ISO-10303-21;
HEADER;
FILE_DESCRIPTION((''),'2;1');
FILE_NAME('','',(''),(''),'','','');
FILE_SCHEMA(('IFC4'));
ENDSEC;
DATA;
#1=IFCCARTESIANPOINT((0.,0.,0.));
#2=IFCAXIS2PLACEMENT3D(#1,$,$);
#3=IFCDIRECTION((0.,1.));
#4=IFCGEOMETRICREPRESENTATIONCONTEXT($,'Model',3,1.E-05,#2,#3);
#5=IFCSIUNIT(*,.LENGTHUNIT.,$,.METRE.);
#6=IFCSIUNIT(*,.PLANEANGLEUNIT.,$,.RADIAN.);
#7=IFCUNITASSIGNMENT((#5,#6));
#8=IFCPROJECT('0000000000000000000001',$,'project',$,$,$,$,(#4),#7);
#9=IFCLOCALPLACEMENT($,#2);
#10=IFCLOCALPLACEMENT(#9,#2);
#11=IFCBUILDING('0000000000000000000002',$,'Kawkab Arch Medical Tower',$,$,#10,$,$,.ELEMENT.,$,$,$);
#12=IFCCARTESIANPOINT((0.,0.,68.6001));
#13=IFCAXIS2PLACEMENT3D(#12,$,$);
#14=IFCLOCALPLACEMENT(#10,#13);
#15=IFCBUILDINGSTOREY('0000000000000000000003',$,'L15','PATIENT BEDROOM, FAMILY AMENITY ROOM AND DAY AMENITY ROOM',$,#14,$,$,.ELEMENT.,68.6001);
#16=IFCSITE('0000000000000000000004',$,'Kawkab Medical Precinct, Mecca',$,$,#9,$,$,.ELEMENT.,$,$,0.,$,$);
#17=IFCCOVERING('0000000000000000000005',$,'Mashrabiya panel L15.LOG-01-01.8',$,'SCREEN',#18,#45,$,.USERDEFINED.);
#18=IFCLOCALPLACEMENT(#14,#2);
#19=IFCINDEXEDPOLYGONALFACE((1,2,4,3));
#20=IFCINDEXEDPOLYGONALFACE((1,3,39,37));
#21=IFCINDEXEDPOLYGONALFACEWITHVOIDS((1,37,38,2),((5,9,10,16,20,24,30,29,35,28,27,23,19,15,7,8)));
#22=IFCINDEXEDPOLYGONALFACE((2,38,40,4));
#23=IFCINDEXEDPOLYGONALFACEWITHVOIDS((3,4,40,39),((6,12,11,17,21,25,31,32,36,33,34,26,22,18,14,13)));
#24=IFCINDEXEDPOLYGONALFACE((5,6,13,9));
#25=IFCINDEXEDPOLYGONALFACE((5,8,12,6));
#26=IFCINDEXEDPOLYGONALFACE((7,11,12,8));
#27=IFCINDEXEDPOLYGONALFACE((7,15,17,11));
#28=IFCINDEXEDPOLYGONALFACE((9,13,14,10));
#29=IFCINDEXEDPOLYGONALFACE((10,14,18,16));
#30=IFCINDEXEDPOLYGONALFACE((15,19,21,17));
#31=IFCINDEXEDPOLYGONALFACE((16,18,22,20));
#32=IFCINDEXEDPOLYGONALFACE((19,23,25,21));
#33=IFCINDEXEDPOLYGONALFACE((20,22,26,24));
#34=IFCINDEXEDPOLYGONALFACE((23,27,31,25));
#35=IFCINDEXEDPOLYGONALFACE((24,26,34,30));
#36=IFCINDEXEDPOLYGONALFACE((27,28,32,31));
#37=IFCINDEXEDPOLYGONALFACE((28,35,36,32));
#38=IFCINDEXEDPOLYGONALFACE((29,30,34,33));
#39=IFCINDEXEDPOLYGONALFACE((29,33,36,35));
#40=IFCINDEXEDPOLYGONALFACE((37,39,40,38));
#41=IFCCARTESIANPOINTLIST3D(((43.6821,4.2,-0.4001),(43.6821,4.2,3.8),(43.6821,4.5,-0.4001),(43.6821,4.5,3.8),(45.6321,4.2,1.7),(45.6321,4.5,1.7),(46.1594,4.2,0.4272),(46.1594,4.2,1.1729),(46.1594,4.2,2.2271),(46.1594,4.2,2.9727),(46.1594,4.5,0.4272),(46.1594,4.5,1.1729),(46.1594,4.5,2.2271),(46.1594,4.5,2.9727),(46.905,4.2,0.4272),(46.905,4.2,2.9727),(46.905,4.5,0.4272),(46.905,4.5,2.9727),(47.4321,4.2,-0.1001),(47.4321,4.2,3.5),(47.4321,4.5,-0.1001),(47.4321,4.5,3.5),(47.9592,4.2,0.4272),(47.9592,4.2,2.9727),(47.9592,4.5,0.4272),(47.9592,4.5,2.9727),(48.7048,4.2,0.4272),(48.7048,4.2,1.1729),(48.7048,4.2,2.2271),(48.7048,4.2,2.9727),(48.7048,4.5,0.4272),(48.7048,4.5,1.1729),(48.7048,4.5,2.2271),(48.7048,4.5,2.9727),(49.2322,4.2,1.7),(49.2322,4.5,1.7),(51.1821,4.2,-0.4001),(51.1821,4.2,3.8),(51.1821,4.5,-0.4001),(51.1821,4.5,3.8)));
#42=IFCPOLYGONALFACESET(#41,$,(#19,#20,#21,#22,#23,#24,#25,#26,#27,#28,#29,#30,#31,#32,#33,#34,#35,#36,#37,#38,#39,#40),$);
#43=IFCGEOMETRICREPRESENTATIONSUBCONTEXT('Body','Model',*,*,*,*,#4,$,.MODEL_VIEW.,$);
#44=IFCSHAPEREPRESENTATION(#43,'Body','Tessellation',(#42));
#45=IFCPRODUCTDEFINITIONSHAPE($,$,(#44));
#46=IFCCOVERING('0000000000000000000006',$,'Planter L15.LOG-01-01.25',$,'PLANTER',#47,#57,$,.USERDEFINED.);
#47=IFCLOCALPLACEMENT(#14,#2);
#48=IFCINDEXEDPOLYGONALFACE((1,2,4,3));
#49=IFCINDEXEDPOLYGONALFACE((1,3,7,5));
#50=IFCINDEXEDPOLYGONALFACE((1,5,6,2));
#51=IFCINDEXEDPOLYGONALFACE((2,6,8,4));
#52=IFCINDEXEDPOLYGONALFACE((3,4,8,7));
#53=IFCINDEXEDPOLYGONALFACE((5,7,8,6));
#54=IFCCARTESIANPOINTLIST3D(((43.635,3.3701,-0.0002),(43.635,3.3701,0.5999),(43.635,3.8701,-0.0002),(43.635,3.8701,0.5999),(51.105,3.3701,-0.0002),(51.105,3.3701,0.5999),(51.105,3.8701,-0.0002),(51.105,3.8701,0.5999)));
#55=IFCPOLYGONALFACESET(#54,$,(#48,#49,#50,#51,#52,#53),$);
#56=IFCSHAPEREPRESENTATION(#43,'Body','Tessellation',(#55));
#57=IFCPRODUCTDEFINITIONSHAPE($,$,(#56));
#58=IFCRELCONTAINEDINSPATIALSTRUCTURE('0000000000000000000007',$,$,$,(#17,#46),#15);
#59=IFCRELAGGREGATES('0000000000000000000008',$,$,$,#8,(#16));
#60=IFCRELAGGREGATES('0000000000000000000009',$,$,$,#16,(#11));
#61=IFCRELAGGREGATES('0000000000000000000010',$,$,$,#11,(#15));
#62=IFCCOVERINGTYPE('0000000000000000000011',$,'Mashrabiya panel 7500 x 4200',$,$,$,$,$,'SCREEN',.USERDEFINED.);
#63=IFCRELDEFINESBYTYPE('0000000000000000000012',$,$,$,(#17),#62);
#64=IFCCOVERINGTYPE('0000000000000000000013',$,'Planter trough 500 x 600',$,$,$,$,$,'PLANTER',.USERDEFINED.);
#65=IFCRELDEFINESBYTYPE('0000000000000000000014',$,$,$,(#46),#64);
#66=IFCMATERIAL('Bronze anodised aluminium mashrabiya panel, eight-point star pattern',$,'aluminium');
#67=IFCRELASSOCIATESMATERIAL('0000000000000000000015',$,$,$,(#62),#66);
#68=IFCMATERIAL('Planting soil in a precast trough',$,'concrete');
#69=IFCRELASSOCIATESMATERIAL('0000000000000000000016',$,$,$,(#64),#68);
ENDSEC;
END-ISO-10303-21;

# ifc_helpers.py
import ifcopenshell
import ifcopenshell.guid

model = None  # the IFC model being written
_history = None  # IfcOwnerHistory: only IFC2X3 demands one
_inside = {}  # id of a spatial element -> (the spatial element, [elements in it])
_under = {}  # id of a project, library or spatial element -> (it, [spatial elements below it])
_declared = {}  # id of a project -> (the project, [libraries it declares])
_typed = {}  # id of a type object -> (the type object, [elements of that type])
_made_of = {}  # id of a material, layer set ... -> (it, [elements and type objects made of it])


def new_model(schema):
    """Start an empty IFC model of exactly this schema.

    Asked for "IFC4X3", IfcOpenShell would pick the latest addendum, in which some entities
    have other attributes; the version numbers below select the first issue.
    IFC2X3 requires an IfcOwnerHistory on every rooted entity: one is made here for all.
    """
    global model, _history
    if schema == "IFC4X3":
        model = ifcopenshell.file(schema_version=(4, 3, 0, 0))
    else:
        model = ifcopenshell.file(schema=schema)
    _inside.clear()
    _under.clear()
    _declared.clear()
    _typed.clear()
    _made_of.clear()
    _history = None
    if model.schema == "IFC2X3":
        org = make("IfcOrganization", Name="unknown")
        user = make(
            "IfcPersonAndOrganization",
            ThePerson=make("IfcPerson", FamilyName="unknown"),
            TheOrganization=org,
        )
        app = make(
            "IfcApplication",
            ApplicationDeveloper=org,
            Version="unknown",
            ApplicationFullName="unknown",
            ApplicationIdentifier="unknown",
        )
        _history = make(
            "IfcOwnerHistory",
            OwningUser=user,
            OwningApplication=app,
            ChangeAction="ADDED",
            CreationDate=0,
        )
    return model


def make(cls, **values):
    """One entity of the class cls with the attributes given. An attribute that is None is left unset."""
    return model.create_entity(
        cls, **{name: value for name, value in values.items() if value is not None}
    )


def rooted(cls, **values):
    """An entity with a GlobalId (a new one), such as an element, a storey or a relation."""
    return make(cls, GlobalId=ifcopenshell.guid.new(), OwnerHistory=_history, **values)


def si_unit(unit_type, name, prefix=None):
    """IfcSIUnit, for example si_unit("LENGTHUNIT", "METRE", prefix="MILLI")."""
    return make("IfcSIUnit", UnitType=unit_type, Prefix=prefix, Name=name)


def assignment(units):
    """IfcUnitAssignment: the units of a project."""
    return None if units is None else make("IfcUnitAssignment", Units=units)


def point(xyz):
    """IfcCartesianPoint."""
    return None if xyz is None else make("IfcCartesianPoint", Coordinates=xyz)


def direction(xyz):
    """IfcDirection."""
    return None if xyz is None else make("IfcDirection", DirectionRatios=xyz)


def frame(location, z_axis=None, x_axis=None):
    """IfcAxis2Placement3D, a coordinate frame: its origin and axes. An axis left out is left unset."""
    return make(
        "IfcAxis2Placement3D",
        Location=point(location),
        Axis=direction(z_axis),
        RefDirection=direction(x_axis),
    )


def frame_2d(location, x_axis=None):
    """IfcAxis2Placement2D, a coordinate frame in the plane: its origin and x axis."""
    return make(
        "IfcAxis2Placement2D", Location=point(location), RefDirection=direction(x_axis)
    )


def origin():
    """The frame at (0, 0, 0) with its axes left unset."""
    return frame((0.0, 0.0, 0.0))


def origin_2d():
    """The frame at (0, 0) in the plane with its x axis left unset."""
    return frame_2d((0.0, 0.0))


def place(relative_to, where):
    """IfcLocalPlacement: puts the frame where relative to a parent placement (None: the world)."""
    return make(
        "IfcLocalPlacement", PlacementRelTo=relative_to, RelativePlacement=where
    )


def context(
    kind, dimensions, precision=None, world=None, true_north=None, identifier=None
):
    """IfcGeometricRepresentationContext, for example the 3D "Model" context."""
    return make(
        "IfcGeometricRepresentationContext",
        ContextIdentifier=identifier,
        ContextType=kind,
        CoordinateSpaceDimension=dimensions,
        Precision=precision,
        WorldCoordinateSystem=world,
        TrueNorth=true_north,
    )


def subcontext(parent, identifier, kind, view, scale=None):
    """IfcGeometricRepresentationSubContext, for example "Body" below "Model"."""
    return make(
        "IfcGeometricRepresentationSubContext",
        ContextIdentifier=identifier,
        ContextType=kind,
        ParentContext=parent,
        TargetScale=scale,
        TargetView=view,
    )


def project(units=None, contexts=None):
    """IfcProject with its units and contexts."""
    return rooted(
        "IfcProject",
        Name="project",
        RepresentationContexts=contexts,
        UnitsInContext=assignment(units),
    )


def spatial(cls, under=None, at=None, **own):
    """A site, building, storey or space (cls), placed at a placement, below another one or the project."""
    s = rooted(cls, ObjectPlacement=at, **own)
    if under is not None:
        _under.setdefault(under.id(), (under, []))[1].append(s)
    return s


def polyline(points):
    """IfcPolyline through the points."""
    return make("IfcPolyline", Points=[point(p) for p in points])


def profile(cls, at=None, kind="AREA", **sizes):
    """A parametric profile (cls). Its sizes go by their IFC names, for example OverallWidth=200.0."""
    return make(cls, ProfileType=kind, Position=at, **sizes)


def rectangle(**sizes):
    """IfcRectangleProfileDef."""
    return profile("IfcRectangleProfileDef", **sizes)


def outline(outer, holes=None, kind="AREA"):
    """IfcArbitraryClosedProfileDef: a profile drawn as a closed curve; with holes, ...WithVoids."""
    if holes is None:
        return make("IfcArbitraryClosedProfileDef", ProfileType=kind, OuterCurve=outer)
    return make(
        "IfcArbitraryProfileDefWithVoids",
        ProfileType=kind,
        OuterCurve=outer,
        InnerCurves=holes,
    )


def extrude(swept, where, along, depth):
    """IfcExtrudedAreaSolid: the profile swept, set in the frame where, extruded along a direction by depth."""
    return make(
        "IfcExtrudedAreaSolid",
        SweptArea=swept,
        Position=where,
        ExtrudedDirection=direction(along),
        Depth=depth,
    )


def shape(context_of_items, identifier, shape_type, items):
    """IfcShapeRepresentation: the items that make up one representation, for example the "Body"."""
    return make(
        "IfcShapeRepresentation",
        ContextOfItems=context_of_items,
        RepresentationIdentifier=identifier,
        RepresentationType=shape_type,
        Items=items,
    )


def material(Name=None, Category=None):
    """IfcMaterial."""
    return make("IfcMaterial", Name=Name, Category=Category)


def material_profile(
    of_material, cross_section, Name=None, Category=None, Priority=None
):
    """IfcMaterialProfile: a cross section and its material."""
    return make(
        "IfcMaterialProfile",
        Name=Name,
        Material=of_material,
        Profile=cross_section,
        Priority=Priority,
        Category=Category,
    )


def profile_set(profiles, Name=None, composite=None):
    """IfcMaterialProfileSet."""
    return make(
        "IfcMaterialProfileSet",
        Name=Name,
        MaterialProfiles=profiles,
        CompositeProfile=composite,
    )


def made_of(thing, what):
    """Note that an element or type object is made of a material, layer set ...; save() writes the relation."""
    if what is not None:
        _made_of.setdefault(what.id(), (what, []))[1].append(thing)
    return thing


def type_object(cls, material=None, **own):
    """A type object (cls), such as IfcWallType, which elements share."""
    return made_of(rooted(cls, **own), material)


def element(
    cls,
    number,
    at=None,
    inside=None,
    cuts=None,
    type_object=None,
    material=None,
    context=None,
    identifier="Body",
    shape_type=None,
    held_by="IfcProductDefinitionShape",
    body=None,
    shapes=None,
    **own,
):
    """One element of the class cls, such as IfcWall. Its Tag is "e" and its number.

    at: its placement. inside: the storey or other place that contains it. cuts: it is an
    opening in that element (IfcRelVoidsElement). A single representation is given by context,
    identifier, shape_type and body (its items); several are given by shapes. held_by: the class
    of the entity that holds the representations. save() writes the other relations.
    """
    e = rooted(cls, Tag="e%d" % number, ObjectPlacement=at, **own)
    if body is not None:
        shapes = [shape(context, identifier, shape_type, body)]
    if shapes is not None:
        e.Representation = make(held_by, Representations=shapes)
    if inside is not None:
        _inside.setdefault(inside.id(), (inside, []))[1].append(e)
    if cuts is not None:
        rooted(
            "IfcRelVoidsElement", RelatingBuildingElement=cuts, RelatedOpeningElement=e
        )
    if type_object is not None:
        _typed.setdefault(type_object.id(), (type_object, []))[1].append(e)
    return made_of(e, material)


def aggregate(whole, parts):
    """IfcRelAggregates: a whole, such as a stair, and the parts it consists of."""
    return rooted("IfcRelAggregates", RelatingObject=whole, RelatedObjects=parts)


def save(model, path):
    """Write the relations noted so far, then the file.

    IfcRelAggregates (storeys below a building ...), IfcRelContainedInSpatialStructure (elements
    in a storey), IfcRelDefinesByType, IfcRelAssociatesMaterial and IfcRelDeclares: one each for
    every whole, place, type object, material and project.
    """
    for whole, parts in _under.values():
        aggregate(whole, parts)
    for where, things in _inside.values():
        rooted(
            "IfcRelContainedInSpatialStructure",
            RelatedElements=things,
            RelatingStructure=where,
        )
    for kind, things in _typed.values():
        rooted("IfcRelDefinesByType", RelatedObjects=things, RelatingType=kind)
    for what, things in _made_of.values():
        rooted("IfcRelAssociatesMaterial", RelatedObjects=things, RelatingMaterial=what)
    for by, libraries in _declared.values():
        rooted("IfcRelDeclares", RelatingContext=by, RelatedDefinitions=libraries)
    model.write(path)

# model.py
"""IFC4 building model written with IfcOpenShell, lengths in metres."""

from ifc_helpers import new_model, si_unit, direction, frame, origin, origin_2d, place, context, subcontext, project, spatial, polyline, rectangle, outline, extrude, material, material_profile, profile_set, type_object, element, save


model = new_model("IFC4")

# Units and contexts
model_context = context("Model", 3, precision=1e-05, world=origin(), true_north=direction((0.0, 1.0)))
body_context = subcontext(model_context, "Body", "Model", "MODEL_VIEW")
ifc_project = project(units=[si_unit("LENGTHUNIT", "METRE"), si_unit("PLANEANGLEUNIT", "RADIAN")], contexts=[model_context])

# Site, building, storey
site_placement = place(None, origin())
site = spatial("IfcSite", under=ifc_project, at=site_placement, Name="Kawkab Medical Precinct, Mecca", CompositionType="ELEMENT", RefElevation=0.0)
building_placement = place(site_placement, origin())
building = spatial("IfcBuilding", under=site, at=building_placement, Name="Kawkab Arch Medical Tower", CompositionType="ELEMENT")
storey_placement = place(building_placement, frame((0.0, 0.0, 68.6001)))
storey = spatial("IfcBuildingStorey", under=building, at=storey_placement, Name="L15", Description="PATIENT BEDROOM, FAMILY AMENITY ROOM AND DAY AMENITY ROOM", CompositionType="ELEMENT", Elevation=68.6001)

# Coverings
ifc_material_1 = material(Name="Bronze anodised aluminium mashrabiya panel, eight-point star pattern", Category="aluminium")
ifc_material_profile_1 = material_profile(ifc_material_1, outline(polyline([(-3.75, -2.1001), (3.75, -2.1001), (3.75, 2.1001), (-3.75, 2.1001), (-3.75, -2.1001)]), holes=[polyline([(1.8, 0.0), (1.2727, 0.5271), (1.2727, 1.2727), (0.5271, 1.2727), (0.0, 1.8), (-0.5271, 1.2727), (-1.2727, 1.2727), (-1.2727, 0.5271), (-1.8, 0.0), (-1.2727, -0.5271), (-1.2727, -1.2727), (-0.5271, -1.2727), (0.0, -1.8), (0.5271, -1.2727), (1.2727, -1.2727), (1.2727, -0.5271), (1.8, 0.0)])]), Name="Mashrabiya panel 7500x4200")
ifc_profile_set_1 = profile_set([ifc_material_profile_1], Name="Bronze anodised aluminium mashrabiya panel, eight-point star pattern")
covering_type_1 = type_object("IfcCoveringType", Name="Mashrabiya panel 7500 x 4200", ElementType="SCREEN", PredefinedType="USERDEFINED", material=ifc_profile_set_1)
covering_1_placement = place(storey_placement, frame((47.4321, 4.2, 1.7), z_axis=(0.0, 1.0, 0.0), x_axis=(-1.0, 0.0, 0.0)))
element("IfcCovering", 1, at=covering_1_placement, inside=storey, type_object=covering_type_1, Name="Mashrabiya panel L15.LOG-01-01.8", ObjectType="SCREEN", PredefinedType="USERDEFINED", context=body_context, shape_type="SweptSolid", body=[
    extrude(outline(polyline([(-3.75, -2.1001), (3.75, -2.1001), (3.75, 2.1001), (-3.75, 2.1001), (-3.75, -2.1001)]), holes=[polyline([(1.8, 0.0), (1.2727, 0.5271), (1.2727, 1.2727), (0.5271, 1.2727), (0.0, 1.8), (-0.5271, 1.2727), (-1.2727, 1.2727), (-1.2727, 0.5271), (-1.8, 0.0), (-1.2727, -0.5271), (-1.2727, -1.2727), (-0.5271, -1.2727), (0.0, -1.8), (0.5271, -1.2727), (1.2727, -1.2727), (1.2727, -0.5271), (1.8, 0.0)])]), origin(), (0.0, 0.0, 1.0), 0.3),
])
ifc_material_2 = material(Name="Planting soil in a precast trough", Category="concrete")
ifc_material_profile_2 = material_profile(ifc_material_2, rectangle(XDim=0.5, YDim=0.6001, at=origin_2d()), Name="Trough 500x600")
ifc_profile_set_2 = profile_set([ifc_material_profile_2], Name="Planting soil in a precast trough")
covering_type_2 = type_object("IfcCoveringType", Name="Planter trough 500 x 600", ElementType="PLANTER", PredefinedType="USERDEFINED", material=ifc_profile_set_2)
covering_2_placement = place(storey_placement, frame((43.635, 3.6201, 0.2998), z_axis=(1.0, 0.0, 0.0), x_axis=(0.0, 1.0, 0.0)))
element("IfcCovering", 2, at=covering_2_placement, inside=storey, type_object=covering_type_2, Name="Planter L15.LOG-01-01.25", ObjectType="PLANTER", PredefinedType="USERDEFINED", context=body_context, shape_type="SweptSolid", body=[
    extrude(rectangle(XDim=0.5, YDim=0.6001, at=origin_2d()), origin(), (0.0, 0.0, 1.0), 7.47),
])

save(model, "model.ifc")
